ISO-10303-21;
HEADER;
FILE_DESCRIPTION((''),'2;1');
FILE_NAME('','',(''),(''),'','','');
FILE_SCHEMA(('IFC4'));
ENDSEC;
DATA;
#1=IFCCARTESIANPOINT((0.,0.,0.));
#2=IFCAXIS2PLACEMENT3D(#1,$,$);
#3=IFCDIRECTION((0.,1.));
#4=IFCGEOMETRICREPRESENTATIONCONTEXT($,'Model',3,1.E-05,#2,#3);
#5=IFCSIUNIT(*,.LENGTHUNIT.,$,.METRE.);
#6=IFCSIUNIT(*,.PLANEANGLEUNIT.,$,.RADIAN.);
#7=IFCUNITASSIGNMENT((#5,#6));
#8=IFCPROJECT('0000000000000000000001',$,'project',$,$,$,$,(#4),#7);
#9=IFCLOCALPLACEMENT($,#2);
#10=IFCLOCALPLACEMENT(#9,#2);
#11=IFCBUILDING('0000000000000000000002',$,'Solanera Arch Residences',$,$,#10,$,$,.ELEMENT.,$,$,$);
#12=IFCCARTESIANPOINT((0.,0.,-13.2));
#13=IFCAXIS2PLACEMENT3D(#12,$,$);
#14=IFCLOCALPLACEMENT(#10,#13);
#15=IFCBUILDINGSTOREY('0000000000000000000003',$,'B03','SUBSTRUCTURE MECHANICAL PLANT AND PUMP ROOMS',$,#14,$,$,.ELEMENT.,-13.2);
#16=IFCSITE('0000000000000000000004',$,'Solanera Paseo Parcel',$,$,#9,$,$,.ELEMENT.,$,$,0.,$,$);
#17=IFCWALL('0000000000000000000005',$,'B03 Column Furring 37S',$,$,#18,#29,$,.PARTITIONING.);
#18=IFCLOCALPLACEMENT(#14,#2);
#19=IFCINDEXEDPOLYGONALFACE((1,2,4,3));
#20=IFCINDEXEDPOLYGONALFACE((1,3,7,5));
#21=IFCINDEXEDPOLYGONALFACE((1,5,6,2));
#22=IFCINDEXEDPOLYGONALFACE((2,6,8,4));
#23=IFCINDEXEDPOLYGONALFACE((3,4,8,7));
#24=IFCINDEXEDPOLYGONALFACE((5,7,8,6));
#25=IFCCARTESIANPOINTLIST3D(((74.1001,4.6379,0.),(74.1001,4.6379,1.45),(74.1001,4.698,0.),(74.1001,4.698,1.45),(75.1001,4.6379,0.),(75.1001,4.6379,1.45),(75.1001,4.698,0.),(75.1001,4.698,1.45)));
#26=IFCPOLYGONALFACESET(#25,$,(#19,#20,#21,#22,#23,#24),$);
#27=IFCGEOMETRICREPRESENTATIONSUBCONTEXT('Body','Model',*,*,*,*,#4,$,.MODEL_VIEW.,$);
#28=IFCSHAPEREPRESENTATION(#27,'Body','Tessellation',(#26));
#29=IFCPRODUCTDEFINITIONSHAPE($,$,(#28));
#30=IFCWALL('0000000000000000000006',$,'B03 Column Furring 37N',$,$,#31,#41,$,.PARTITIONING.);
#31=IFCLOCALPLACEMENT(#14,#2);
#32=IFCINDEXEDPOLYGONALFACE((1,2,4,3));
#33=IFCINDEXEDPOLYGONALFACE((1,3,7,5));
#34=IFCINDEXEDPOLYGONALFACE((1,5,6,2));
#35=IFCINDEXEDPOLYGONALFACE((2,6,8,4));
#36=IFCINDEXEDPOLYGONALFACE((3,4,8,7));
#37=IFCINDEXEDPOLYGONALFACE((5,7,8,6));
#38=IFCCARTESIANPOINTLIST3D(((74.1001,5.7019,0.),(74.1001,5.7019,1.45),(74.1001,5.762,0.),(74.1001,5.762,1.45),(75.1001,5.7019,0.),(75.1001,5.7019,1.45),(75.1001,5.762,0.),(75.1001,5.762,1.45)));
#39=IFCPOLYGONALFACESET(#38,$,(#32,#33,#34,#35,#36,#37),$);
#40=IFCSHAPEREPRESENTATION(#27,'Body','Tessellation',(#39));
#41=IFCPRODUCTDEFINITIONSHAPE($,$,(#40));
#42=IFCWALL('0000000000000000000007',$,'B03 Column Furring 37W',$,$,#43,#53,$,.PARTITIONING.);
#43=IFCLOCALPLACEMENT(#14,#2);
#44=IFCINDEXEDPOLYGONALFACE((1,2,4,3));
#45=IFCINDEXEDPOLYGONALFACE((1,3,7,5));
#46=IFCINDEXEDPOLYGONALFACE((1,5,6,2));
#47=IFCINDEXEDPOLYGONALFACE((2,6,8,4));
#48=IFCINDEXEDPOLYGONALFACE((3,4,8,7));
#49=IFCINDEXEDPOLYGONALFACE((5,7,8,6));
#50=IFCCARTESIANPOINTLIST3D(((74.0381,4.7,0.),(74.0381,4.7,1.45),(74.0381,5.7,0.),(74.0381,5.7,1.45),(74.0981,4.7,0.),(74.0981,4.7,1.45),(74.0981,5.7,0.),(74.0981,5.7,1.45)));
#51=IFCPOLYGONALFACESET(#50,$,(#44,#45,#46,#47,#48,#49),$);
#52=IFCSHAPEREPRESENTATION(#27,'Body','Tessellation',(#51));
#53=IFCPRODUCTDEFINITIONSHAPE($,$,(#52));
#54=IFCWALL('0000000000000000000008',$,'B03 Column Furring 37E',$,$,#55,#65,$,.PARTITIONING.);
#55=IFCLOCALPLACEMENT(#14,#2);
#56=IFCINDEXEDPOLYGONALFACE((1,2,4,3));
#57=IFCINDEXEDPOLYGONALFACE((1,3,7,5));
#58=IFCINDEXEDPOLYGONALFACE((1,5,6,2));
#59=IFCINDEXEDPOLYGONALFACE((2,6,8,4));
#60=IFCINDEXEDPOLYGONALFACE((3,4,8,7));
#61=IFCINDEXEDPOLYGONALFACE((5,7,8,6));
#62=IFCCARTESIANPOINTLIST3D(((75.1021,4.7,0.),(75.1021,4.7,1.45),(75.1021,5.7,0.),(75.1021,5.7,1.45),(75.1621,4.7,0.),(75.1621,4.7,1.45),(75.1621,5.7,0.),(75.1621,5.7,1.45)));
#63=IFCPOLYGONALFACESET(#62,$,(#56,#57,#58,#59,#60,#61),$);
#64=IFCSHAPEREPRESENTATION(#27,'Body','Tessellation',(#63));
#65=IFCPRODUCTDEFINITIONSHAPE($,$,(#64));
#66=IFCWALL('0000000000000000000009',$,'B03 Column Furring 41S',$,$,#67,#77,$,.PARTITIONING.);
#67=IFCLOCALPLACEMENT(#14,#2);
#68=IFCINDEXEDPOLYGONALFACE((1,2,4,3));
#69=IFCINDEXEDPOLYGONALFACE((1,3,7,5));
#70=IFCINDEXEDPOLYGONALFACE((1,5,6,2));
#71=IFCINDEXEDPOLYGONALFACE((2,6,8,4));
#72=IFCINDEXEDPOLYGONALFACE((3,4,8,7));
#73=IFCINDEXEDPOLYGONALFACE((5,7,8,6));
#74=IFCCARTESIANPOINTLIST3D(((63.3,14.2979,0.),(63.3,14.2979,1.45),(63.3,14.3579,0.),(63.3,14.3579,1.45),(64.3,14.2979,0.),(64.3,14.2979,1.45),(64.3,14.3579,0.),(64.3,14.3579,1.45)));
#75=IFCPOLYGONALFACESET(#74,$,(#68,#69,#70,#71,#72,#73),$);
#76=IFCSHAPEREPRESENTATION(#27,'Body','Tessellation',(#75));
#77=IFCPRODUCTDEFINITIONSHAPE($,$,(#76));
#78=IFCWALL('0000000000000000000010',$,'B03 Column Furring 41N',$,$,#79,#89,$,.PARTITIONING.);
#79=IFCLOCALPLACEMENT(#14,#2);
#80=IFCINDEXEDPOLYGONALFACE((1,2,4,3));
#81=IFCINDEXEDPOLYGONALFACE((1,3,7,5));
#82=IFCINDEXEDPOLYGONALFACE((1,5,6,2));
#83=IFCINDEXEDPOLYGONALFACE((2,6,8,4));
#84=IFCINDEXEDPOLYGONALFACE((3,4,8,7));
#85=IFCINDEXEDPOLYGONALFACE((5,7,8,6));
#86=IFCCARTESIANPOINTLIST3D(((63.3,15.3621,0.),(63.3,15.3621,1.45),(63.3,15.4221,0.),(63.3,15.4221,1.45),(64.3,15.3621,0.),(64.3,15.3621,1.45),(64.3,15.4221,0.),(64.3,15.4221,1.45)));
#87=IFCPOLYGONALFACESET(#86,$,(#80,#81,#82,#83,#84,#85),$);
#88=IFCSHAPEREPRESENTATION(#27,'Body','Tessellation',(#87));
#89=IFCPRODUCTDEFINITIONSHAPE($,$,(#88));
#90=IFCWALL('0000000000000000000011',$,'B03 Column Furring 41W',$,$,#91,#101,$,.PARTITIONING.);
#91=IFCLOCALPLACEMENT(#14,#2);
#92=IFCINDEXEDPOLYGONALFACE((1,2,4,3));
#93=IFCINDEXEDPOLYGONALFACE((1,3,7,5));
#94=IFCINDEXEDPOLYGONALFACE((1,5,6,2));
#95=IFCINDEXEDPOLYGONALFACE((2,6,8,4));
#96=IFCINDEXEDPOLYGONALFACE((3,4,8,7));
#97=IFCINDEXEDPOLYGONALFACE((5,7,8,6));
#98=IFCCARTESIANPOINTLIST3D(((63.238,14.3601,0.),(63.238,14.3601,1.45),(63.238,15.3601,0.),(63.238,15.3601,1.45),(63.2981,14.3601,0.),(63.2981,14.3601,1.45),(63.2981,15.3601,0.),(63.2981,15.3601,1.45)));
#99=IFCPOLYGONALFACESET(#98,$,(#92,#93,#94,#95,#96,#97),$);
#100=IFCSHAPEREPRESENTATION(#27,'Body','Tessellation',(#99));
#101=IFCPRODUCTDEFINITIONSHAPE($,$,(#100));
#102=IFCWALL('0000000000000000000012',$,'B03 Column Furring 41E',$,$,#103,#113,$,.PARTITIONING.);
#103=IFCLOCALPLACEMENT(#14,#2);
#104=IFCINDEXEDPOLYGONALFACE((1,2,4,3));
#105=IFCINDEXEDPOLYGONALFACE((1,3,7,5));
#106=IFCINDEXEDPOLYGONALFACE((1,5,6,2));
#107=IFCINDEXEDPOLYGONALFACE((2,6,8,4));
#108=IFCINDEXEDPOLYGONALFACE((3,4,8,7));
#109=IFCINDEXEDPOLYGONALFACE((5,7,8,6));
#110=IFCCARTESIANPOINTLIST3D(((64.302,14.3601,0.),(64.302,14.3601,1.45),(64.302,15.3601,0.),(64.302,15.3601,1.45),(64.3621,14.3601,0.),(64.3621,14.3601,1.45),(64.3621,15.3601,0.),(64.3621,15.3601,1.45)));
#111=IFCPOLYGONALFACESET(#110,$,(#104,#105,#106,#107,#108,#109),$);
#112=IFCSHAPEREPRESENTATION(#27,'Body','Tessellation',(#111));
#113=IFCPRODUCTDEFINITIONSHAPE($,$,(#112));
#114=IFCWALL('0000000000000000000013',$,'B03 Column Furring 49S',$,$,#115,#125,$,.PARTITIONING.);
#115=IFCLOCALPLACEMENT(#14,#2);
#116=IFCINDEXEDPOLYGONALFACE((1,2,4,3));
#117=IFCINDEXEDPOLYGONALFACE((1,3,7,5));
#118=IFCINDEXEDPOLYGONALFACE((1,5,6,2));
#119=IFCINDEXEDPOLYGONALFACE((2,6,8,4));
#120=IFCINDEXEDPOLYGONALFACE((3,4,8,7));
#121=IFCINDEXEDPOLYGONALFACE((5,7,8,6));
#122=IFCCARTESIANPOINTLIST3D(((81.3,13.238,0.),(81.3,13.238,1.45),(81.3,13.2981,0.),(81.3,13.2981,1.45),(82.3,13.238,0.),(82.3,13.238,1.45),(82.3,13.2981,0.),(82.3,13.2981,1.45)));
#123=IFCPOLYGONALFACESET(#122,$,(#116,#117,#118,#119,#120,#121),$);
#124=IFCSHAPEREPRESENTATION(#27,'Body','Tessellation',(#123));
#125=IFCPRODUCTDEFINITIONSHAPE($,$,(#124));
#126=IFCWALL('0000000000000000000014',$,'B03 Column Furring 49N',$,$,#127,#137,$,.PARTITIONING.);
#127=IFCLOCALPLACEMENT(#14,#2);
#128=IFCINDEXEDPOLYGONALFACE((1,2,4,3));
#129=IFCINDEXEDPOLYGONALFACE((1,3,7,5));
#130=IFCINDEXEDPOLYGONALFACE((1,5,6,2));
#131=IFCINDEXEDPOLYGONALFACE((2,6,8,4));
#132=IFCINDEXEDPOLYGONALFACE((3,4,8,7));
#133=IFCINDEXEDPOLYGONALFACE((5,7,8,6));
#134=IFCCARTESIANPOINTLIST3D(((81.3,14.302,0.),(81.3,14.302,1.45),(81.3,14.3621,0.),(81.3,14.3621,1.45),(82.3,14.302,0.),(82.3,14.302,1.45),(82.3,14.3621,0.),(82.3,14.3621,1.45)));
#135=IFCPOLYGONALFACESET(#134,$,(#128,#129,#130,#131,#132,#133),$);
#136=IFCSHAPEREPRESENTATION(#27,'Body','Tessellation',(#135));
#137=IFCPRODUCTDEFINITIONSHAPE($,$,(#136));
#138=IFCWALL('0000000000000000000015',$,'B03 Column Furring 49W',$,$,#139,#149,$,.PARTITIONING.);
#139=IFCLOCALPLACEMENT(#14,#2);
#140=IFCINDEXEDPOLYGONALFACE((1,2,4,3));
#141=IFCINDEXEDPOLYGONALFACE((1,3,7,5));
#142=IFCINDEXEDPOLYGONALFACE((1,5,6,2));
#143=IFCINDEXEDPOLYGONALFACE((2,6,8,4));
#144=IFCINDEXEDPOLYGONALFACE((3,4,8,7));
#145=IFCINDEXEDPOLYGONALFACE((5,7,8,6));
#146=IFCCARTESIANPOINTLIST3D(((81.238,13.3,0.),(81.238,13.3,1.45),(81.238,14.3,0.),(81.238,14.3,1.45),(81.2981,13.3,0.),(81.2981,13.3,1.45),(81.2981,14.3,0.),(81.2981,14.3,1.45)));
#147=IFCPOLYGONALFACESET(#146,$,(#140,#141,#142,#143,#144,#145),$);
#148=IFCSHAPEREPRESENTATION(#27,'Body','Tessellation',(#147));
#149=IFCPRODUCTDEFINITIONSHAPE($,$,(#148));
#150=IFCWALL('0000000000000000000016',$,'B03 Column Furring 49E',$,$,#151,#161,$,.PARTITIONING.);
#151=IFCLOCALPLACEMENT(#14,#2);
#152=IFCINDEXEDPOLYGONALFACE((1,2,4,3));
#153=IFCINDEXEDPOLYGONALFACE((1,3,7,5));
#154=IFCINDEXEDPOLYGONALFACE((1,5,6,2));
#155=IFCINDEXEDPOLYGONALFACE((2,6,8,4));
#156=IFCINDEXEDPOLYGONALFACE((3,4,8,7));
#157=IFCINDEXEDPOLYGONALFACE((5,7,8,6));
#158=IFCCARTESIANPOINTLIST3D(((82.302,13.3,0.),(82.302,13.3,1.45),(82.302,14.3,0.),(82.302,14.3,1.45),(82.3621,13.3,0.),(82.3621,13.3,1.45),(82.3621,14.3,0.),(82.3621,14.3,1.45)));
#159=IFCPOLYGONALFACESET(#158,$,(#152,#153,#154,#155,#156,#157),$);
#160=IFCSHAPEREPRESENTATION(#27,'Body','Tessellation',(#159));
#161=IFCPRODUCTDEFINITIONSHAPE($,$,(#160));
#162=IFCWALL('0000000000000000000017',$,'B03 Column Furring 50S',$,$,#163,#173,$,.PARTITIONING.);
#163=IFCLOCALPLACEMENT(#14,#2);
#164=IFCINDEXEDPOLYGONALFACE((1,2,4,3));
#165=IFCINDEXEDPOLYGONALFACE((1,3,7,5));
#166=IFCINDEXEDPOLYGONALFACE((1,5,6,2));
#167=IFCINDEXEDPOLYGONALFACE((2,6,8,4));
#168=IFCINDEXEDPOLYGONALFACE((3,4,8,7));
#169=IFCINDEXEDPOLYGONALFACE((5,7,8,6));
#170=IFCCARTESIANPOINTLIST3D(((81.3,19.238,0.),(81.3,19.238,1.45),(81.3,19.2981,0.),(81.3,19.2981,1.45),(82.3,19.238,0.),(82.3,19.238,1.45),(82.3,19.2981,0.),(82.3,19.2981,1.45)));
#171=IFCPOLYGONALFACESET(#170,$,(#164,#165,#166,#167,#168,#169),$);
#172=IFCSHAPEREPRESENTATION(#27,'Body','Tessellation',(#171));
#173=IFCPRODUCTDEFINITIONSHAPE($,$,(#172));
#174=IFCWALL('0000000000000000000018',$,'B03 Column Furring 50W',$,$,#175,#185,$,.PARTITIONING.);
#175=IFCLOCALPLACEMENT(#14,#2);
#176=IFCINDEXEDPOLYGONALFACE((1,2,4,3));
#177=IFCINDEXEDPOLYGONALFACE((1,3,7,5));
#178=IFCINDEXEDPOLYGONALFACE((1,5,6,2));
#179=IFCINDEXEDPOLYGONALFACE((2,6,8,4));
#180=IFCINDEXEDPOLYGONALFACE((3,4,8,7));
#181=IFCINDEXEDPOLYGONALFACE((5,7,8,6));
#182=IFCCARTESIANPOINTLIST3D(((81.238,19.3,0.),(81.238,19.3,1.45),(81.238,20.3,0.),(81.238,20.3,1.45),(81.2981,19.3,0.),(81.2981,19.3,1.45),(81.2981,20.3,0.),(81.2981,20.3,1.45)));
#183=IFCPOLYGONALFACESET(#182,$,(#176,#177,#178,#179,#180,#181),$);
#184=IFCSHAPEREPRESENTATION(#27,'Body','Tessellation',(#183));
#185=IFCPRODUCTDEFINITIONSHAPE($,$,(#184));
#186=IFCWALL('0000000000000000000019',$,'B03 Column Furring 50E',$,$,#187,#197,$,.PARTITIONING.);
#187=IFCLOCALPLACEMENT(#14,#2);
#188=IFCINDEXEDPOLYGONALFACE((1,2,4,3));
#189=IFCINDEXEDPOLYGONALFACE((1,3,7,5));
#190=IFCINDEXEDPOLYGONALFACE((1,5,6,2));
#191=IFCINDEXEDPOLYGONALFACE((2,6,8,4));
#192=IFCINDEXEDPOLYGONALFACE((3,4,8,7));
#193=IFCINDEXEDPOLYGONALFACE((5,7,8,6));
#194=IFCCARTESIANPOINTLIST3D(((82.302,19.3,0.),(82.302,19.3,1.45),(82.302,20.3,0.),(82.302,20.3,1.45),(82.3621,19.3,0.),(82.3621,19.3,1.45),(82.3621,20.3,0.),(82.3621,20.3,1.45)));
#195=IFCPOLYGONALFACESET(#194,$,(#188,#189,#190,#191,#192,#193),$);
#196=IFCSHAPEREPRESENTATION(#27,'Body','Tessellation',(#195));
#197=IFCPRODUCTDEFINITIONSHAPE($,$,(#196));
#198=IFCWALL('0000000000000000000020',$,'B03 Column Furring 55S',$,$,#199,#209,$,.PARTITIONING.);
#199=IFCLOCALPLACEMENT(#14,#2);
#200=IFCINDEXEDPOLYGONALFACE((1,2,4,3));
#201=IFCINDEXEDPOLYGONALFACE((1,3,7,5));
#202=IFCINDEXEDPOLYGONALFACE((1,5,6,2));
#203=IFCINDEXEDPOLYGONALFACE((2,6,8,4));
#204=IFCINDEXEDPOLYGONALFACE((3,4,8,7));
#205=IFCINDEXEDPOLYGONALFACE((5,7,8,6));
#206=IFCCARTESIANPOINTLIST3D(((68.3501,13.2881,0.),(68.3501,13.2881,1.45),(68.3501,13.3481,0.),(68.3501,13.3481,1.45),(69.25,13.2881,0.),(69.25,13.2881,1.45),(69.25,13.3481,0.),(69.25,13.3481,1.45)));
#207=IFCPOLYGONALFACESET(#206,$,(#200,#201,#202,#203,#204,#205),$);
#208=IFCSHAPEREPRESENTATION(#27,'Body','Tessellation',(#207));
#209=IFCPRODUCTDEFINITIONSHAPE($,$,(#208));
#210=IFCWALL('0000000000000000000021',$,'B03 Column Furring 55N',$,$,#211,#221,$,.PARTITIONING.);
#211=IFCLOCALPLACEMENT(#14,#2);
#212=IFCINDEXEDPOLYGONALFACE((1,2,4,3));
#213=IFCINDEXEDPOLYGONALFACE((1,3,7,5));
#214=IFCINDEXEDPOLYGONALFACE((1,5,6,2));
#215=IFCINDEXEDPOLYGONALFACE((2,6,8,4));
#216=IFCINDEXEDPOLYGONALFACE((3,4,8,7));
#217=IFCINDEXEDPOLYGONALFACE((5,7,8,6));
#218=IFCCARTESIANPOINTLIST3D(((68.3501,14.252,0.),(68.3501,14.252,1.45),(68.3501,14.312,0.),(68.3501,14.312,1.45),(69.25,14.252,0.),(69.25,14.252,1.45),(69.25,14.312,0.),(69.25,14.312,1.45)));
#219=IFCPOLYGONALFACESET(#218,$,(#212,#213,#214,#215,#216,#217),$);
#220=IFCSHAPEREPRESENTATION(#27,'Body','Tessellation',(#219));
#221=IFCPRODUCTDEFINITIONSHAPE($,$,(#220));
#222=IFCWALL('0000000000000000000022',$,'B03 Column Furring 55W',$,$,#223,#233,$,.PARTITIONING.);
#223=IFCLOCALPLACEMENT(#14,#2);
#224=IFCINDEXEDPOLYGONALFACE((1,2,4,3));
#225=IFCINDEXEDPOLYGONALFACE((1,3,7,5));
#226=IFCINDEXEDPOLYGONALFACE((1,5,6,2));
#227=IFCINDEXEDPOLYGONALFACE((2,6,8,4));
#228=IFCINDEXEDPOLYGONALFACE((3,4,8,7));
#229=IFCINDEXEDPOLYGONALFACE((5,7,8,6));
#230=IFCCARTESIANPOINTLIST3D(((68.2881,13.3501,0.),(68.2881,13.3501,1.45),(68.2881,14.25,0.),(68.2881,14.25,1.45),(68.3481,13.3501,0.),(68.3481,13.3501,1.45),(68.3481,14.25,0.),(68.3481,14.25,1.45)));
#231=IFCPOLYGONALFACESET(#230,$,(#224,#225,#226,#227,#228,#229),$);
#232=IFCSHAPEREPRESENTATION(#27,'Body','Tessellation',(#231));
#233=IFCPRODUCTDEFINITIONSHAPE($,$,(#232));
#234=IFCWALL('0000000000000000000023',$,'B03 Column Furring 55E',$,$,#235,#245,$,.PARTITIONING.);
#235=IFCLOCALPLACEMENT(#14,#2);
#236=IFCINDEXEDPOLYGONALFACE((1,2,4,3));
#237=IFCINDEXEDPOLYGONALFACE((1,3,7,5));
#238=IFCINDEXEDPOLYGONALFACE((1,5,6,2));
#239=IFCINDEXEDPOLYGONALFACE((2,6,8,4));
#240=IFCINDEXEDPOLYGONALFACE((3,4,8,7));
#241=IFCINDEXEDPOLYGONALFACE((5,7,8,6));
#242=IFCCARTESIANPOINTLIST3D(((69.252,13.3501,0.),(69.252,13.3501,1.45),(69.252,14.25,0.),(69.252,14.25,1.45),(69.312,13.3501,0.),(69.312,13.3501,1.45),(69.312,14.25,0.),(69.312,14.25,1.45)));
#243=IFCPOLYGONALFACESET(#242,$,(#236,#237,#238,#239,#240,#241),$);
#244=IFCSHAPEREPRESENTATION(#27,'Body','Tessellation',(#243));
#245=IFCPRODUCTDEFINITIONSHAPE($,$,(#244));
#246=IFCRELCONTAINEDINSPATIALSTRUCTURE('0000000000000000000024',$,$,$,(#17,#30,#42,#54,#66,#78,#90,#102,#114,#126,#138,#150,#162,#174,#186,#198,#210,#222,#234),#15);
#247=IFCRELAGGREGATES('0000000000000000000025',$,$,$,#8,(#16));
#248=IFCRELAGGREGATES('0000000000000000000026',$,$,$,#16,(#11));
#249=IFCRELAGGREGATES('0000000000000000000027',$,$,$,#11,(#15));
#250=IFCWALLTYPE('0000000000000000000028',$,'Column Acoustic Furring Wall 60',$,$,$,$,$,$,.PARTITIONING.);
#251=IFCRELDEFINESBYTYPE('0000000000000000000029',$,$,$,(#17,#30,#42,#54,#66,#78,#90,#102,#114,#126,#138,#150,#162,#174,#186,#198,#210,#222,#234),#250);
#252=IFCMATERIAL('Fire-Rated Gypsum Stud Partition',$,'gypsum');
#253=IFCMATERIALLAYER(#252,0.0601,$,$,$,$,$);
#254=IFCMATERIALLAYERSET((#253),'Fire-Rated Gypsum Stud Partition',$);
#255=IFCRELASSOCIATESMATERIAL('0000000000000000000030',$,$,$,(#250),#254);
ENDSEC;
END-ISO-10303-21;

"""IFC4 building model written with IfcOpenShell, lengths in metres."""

from ifc_helpers import new_model, si_unit, direction, frame, frame_2d, origin, place, context, subcontext, project, spatial, rectangle, extrude, material, layer, layer_set, type_object, element, save


model = new_model("IFC4")

# Units and contexts
model_context = context("Model", 3, precision=1e-05, world=origin(), true_north=direction((0.0, 1.0)))
body_context = subcontext(model_context, "Body", "Model", "MODEL_VIEW")
ifc_project = project(units=[si_unit("LENGTHUNIT", "METRE"), si_unit("PLANEANGLEUNIT", "RADIAN")], contexts=[model_context])

# Site, building, storey
site_placement = place(None, origin())
site = spatial("IfcSite", under=ifc_project, at=site_placement, Name="Solanera Paseo Parcel", CompositionType="ELEMENT", RefElevation=0.0)
building_placement = place(site_placement, origin())
building = spatial("IfcBuilding", under=site, at=building_placement, Name="Solanera Arch Residences", CompositionType="ELEMENT")
storey_placement = place(building_placement, frame((0.0, 0.0, -13.2)))
storey = spatial("IfcBuildingStorey", under=building, at=storey_placement, Name="B03", Description="SUBSTRUCTURE MECHANICAL PLANT AND PUMP ROOMS", CompositionType="ELEMENT", Elevation=-13.2)

# Walls
ifc_material_1 = material(Name="Fire-Rated Gypsum Stud Partition", Category="gypsum")
ifc_layer_1 = layer(ifc_material_1, 0.0601)
ifc_layer_set_1 = layer_set([ifc_layer_1], Name="Fire-Rated Gypsum Stud Partition")
wall_type_1 = type_object("IfcWallType", Name="Column Acoustic Furring Wall 60", PredefinedType="PARTITIONING", material=ifc_layer_set_1)
for number, where, z_axis, x_axis, name in (
    (1, (74.1001, 4.668, 0.0), (0.0, 0.0, 1.0), (1.0, 0.0, 0.0), "B03 Column Furring 37S"),
    (2, (74.1001, 5.7319, 0.0), (0.0, 0.0, 1.0), (1.0, 0.0, 0.0), "B03 Column Furring 37N"),
    (3, (74.0681, 4.7, 0.0), (0.0, 0.0, 1.0), (0.0, 1.0, 0.0), "B03 Column Furring 37W"),
    (4, (75.1321, 4.7, 0.0), (0.0, 0.0, 1.0), (0.0, 1.0, 0.0), "B03 Column Furring 37E"),
    (5, (63.3, 14.3279, 0.0), (0.0, 0.0, 1.0), (1.0, 0.0, 0.0), "B03 Column Furring 41S"),
    (6, (63.3, 15.3921, 0.0), (0.0, 0.0, 1.0), (1.0, 0.0, 0.0), "B03 Column Furring 41N"),
    (7, (63.2681, 14.3601, 0.0), (0.0, 0.0, 1.0), (0.0, 1.0, 0.0), "B03 Column Furring 41W"),
    (8, (64.332, 14.3601, 0.0), (0.0, 0.0, 1.0), (0.0, 1.0, 0.0), "B03 Column Furring 41E"),
    (9, (81.3, 13.2681, 0.0), (0.0, 0.0, 1.0), (1.0, 0.0, 0.0), "B03 Column Furring 49S"),
    (10, (81.3, 14.332, 0.0), (0.0, 0.0, 1.0), (1.0, 0.0, 0.0), "B03 Column Furring 49N"),
    (11, (81.2681, 13.3, 0.0), (0.0, 0.0, 1.0), (0.0, 1.0, 0.0), "B03 Column Furring 49W"),
    (12, (82.332, 13.3, 0.0), (0.0, 0.0, 1.0), (0.0, 1.0, 0.0), "B03 Column Furring 49E"),
    (13, (81.3, 19.2681, 0.0), (0.0, 0.0, 1.0), (1.0, 0.0, 0.0), "B03 Column Furring 50S"),
    (14, (81.2681, 19.3, 0.0), (0.0, 0.0, 1.0), (0.0, 1.0, 0.0), "B03 Column Furring 50W"),
    (15, (82.332, 19.3, 0.0), (0.0, 0.0, 1.0), (0.0, 1.0, 0.0), "B03 Column Furring 50E"),
):
    element("IfcWall", number, at=place(storey_placement, frame(where, z_axis=z_axis, x_axis=x_axis)), inside=storey, type_object=wall_type_1, Name=name, PredefinedType="PARTITIONING", context=body_context, shape_type="SweptSolid", body=[
        extrude(rectangle(XDim=1.0, YDim=0.0601, at=frame_2d((0.5, 0.0))), origin(), (0.0, 0.0, 1.0), 1.45),
    ])
for number, where, z_axis, x_axis, name in (
    (16, (68.3501, 13.3181, 0.0), (0.0, 0.0, 1.0), (1.0, 0.0, 0.0), "B03 Column Furring 55S"),
    (17, (68.3501, 14.282, 0.0), (0.0, 0.0, 1.0), (1.0, 0.0, 0.0), "B03 Column Furring 55N"),
    (18, (68.3181, 13.3501, 0.0), (0.0, 0.0, 1.0), (0.0, 1.0, 0.0), "B03 Column Furring 55W"),
    (19, (69.282, 13.3501, 0.0), (0.0, 0.0, 1.0), (0.0, 1.0, 0.0), "B03 Column Furring 55E"),
):
    element("IfcWall", number, at=place(storey_placement, frame(where, z_axis=z_axis, x_axis=x_axis)), inside=storey, type_object=wall_type_1, Name=name, PredefinedType="PARTITIONING", context=body_context, shape_type="SweptSolid", body=[
        extrude(rectangle(XDim=0.8999, YDim=0.0601, at=frame_2d((0.45, 0.0))), origin(), (0.0, 0.0, 1.0), 1.45),
    ])

save(model, "model.ifc")
